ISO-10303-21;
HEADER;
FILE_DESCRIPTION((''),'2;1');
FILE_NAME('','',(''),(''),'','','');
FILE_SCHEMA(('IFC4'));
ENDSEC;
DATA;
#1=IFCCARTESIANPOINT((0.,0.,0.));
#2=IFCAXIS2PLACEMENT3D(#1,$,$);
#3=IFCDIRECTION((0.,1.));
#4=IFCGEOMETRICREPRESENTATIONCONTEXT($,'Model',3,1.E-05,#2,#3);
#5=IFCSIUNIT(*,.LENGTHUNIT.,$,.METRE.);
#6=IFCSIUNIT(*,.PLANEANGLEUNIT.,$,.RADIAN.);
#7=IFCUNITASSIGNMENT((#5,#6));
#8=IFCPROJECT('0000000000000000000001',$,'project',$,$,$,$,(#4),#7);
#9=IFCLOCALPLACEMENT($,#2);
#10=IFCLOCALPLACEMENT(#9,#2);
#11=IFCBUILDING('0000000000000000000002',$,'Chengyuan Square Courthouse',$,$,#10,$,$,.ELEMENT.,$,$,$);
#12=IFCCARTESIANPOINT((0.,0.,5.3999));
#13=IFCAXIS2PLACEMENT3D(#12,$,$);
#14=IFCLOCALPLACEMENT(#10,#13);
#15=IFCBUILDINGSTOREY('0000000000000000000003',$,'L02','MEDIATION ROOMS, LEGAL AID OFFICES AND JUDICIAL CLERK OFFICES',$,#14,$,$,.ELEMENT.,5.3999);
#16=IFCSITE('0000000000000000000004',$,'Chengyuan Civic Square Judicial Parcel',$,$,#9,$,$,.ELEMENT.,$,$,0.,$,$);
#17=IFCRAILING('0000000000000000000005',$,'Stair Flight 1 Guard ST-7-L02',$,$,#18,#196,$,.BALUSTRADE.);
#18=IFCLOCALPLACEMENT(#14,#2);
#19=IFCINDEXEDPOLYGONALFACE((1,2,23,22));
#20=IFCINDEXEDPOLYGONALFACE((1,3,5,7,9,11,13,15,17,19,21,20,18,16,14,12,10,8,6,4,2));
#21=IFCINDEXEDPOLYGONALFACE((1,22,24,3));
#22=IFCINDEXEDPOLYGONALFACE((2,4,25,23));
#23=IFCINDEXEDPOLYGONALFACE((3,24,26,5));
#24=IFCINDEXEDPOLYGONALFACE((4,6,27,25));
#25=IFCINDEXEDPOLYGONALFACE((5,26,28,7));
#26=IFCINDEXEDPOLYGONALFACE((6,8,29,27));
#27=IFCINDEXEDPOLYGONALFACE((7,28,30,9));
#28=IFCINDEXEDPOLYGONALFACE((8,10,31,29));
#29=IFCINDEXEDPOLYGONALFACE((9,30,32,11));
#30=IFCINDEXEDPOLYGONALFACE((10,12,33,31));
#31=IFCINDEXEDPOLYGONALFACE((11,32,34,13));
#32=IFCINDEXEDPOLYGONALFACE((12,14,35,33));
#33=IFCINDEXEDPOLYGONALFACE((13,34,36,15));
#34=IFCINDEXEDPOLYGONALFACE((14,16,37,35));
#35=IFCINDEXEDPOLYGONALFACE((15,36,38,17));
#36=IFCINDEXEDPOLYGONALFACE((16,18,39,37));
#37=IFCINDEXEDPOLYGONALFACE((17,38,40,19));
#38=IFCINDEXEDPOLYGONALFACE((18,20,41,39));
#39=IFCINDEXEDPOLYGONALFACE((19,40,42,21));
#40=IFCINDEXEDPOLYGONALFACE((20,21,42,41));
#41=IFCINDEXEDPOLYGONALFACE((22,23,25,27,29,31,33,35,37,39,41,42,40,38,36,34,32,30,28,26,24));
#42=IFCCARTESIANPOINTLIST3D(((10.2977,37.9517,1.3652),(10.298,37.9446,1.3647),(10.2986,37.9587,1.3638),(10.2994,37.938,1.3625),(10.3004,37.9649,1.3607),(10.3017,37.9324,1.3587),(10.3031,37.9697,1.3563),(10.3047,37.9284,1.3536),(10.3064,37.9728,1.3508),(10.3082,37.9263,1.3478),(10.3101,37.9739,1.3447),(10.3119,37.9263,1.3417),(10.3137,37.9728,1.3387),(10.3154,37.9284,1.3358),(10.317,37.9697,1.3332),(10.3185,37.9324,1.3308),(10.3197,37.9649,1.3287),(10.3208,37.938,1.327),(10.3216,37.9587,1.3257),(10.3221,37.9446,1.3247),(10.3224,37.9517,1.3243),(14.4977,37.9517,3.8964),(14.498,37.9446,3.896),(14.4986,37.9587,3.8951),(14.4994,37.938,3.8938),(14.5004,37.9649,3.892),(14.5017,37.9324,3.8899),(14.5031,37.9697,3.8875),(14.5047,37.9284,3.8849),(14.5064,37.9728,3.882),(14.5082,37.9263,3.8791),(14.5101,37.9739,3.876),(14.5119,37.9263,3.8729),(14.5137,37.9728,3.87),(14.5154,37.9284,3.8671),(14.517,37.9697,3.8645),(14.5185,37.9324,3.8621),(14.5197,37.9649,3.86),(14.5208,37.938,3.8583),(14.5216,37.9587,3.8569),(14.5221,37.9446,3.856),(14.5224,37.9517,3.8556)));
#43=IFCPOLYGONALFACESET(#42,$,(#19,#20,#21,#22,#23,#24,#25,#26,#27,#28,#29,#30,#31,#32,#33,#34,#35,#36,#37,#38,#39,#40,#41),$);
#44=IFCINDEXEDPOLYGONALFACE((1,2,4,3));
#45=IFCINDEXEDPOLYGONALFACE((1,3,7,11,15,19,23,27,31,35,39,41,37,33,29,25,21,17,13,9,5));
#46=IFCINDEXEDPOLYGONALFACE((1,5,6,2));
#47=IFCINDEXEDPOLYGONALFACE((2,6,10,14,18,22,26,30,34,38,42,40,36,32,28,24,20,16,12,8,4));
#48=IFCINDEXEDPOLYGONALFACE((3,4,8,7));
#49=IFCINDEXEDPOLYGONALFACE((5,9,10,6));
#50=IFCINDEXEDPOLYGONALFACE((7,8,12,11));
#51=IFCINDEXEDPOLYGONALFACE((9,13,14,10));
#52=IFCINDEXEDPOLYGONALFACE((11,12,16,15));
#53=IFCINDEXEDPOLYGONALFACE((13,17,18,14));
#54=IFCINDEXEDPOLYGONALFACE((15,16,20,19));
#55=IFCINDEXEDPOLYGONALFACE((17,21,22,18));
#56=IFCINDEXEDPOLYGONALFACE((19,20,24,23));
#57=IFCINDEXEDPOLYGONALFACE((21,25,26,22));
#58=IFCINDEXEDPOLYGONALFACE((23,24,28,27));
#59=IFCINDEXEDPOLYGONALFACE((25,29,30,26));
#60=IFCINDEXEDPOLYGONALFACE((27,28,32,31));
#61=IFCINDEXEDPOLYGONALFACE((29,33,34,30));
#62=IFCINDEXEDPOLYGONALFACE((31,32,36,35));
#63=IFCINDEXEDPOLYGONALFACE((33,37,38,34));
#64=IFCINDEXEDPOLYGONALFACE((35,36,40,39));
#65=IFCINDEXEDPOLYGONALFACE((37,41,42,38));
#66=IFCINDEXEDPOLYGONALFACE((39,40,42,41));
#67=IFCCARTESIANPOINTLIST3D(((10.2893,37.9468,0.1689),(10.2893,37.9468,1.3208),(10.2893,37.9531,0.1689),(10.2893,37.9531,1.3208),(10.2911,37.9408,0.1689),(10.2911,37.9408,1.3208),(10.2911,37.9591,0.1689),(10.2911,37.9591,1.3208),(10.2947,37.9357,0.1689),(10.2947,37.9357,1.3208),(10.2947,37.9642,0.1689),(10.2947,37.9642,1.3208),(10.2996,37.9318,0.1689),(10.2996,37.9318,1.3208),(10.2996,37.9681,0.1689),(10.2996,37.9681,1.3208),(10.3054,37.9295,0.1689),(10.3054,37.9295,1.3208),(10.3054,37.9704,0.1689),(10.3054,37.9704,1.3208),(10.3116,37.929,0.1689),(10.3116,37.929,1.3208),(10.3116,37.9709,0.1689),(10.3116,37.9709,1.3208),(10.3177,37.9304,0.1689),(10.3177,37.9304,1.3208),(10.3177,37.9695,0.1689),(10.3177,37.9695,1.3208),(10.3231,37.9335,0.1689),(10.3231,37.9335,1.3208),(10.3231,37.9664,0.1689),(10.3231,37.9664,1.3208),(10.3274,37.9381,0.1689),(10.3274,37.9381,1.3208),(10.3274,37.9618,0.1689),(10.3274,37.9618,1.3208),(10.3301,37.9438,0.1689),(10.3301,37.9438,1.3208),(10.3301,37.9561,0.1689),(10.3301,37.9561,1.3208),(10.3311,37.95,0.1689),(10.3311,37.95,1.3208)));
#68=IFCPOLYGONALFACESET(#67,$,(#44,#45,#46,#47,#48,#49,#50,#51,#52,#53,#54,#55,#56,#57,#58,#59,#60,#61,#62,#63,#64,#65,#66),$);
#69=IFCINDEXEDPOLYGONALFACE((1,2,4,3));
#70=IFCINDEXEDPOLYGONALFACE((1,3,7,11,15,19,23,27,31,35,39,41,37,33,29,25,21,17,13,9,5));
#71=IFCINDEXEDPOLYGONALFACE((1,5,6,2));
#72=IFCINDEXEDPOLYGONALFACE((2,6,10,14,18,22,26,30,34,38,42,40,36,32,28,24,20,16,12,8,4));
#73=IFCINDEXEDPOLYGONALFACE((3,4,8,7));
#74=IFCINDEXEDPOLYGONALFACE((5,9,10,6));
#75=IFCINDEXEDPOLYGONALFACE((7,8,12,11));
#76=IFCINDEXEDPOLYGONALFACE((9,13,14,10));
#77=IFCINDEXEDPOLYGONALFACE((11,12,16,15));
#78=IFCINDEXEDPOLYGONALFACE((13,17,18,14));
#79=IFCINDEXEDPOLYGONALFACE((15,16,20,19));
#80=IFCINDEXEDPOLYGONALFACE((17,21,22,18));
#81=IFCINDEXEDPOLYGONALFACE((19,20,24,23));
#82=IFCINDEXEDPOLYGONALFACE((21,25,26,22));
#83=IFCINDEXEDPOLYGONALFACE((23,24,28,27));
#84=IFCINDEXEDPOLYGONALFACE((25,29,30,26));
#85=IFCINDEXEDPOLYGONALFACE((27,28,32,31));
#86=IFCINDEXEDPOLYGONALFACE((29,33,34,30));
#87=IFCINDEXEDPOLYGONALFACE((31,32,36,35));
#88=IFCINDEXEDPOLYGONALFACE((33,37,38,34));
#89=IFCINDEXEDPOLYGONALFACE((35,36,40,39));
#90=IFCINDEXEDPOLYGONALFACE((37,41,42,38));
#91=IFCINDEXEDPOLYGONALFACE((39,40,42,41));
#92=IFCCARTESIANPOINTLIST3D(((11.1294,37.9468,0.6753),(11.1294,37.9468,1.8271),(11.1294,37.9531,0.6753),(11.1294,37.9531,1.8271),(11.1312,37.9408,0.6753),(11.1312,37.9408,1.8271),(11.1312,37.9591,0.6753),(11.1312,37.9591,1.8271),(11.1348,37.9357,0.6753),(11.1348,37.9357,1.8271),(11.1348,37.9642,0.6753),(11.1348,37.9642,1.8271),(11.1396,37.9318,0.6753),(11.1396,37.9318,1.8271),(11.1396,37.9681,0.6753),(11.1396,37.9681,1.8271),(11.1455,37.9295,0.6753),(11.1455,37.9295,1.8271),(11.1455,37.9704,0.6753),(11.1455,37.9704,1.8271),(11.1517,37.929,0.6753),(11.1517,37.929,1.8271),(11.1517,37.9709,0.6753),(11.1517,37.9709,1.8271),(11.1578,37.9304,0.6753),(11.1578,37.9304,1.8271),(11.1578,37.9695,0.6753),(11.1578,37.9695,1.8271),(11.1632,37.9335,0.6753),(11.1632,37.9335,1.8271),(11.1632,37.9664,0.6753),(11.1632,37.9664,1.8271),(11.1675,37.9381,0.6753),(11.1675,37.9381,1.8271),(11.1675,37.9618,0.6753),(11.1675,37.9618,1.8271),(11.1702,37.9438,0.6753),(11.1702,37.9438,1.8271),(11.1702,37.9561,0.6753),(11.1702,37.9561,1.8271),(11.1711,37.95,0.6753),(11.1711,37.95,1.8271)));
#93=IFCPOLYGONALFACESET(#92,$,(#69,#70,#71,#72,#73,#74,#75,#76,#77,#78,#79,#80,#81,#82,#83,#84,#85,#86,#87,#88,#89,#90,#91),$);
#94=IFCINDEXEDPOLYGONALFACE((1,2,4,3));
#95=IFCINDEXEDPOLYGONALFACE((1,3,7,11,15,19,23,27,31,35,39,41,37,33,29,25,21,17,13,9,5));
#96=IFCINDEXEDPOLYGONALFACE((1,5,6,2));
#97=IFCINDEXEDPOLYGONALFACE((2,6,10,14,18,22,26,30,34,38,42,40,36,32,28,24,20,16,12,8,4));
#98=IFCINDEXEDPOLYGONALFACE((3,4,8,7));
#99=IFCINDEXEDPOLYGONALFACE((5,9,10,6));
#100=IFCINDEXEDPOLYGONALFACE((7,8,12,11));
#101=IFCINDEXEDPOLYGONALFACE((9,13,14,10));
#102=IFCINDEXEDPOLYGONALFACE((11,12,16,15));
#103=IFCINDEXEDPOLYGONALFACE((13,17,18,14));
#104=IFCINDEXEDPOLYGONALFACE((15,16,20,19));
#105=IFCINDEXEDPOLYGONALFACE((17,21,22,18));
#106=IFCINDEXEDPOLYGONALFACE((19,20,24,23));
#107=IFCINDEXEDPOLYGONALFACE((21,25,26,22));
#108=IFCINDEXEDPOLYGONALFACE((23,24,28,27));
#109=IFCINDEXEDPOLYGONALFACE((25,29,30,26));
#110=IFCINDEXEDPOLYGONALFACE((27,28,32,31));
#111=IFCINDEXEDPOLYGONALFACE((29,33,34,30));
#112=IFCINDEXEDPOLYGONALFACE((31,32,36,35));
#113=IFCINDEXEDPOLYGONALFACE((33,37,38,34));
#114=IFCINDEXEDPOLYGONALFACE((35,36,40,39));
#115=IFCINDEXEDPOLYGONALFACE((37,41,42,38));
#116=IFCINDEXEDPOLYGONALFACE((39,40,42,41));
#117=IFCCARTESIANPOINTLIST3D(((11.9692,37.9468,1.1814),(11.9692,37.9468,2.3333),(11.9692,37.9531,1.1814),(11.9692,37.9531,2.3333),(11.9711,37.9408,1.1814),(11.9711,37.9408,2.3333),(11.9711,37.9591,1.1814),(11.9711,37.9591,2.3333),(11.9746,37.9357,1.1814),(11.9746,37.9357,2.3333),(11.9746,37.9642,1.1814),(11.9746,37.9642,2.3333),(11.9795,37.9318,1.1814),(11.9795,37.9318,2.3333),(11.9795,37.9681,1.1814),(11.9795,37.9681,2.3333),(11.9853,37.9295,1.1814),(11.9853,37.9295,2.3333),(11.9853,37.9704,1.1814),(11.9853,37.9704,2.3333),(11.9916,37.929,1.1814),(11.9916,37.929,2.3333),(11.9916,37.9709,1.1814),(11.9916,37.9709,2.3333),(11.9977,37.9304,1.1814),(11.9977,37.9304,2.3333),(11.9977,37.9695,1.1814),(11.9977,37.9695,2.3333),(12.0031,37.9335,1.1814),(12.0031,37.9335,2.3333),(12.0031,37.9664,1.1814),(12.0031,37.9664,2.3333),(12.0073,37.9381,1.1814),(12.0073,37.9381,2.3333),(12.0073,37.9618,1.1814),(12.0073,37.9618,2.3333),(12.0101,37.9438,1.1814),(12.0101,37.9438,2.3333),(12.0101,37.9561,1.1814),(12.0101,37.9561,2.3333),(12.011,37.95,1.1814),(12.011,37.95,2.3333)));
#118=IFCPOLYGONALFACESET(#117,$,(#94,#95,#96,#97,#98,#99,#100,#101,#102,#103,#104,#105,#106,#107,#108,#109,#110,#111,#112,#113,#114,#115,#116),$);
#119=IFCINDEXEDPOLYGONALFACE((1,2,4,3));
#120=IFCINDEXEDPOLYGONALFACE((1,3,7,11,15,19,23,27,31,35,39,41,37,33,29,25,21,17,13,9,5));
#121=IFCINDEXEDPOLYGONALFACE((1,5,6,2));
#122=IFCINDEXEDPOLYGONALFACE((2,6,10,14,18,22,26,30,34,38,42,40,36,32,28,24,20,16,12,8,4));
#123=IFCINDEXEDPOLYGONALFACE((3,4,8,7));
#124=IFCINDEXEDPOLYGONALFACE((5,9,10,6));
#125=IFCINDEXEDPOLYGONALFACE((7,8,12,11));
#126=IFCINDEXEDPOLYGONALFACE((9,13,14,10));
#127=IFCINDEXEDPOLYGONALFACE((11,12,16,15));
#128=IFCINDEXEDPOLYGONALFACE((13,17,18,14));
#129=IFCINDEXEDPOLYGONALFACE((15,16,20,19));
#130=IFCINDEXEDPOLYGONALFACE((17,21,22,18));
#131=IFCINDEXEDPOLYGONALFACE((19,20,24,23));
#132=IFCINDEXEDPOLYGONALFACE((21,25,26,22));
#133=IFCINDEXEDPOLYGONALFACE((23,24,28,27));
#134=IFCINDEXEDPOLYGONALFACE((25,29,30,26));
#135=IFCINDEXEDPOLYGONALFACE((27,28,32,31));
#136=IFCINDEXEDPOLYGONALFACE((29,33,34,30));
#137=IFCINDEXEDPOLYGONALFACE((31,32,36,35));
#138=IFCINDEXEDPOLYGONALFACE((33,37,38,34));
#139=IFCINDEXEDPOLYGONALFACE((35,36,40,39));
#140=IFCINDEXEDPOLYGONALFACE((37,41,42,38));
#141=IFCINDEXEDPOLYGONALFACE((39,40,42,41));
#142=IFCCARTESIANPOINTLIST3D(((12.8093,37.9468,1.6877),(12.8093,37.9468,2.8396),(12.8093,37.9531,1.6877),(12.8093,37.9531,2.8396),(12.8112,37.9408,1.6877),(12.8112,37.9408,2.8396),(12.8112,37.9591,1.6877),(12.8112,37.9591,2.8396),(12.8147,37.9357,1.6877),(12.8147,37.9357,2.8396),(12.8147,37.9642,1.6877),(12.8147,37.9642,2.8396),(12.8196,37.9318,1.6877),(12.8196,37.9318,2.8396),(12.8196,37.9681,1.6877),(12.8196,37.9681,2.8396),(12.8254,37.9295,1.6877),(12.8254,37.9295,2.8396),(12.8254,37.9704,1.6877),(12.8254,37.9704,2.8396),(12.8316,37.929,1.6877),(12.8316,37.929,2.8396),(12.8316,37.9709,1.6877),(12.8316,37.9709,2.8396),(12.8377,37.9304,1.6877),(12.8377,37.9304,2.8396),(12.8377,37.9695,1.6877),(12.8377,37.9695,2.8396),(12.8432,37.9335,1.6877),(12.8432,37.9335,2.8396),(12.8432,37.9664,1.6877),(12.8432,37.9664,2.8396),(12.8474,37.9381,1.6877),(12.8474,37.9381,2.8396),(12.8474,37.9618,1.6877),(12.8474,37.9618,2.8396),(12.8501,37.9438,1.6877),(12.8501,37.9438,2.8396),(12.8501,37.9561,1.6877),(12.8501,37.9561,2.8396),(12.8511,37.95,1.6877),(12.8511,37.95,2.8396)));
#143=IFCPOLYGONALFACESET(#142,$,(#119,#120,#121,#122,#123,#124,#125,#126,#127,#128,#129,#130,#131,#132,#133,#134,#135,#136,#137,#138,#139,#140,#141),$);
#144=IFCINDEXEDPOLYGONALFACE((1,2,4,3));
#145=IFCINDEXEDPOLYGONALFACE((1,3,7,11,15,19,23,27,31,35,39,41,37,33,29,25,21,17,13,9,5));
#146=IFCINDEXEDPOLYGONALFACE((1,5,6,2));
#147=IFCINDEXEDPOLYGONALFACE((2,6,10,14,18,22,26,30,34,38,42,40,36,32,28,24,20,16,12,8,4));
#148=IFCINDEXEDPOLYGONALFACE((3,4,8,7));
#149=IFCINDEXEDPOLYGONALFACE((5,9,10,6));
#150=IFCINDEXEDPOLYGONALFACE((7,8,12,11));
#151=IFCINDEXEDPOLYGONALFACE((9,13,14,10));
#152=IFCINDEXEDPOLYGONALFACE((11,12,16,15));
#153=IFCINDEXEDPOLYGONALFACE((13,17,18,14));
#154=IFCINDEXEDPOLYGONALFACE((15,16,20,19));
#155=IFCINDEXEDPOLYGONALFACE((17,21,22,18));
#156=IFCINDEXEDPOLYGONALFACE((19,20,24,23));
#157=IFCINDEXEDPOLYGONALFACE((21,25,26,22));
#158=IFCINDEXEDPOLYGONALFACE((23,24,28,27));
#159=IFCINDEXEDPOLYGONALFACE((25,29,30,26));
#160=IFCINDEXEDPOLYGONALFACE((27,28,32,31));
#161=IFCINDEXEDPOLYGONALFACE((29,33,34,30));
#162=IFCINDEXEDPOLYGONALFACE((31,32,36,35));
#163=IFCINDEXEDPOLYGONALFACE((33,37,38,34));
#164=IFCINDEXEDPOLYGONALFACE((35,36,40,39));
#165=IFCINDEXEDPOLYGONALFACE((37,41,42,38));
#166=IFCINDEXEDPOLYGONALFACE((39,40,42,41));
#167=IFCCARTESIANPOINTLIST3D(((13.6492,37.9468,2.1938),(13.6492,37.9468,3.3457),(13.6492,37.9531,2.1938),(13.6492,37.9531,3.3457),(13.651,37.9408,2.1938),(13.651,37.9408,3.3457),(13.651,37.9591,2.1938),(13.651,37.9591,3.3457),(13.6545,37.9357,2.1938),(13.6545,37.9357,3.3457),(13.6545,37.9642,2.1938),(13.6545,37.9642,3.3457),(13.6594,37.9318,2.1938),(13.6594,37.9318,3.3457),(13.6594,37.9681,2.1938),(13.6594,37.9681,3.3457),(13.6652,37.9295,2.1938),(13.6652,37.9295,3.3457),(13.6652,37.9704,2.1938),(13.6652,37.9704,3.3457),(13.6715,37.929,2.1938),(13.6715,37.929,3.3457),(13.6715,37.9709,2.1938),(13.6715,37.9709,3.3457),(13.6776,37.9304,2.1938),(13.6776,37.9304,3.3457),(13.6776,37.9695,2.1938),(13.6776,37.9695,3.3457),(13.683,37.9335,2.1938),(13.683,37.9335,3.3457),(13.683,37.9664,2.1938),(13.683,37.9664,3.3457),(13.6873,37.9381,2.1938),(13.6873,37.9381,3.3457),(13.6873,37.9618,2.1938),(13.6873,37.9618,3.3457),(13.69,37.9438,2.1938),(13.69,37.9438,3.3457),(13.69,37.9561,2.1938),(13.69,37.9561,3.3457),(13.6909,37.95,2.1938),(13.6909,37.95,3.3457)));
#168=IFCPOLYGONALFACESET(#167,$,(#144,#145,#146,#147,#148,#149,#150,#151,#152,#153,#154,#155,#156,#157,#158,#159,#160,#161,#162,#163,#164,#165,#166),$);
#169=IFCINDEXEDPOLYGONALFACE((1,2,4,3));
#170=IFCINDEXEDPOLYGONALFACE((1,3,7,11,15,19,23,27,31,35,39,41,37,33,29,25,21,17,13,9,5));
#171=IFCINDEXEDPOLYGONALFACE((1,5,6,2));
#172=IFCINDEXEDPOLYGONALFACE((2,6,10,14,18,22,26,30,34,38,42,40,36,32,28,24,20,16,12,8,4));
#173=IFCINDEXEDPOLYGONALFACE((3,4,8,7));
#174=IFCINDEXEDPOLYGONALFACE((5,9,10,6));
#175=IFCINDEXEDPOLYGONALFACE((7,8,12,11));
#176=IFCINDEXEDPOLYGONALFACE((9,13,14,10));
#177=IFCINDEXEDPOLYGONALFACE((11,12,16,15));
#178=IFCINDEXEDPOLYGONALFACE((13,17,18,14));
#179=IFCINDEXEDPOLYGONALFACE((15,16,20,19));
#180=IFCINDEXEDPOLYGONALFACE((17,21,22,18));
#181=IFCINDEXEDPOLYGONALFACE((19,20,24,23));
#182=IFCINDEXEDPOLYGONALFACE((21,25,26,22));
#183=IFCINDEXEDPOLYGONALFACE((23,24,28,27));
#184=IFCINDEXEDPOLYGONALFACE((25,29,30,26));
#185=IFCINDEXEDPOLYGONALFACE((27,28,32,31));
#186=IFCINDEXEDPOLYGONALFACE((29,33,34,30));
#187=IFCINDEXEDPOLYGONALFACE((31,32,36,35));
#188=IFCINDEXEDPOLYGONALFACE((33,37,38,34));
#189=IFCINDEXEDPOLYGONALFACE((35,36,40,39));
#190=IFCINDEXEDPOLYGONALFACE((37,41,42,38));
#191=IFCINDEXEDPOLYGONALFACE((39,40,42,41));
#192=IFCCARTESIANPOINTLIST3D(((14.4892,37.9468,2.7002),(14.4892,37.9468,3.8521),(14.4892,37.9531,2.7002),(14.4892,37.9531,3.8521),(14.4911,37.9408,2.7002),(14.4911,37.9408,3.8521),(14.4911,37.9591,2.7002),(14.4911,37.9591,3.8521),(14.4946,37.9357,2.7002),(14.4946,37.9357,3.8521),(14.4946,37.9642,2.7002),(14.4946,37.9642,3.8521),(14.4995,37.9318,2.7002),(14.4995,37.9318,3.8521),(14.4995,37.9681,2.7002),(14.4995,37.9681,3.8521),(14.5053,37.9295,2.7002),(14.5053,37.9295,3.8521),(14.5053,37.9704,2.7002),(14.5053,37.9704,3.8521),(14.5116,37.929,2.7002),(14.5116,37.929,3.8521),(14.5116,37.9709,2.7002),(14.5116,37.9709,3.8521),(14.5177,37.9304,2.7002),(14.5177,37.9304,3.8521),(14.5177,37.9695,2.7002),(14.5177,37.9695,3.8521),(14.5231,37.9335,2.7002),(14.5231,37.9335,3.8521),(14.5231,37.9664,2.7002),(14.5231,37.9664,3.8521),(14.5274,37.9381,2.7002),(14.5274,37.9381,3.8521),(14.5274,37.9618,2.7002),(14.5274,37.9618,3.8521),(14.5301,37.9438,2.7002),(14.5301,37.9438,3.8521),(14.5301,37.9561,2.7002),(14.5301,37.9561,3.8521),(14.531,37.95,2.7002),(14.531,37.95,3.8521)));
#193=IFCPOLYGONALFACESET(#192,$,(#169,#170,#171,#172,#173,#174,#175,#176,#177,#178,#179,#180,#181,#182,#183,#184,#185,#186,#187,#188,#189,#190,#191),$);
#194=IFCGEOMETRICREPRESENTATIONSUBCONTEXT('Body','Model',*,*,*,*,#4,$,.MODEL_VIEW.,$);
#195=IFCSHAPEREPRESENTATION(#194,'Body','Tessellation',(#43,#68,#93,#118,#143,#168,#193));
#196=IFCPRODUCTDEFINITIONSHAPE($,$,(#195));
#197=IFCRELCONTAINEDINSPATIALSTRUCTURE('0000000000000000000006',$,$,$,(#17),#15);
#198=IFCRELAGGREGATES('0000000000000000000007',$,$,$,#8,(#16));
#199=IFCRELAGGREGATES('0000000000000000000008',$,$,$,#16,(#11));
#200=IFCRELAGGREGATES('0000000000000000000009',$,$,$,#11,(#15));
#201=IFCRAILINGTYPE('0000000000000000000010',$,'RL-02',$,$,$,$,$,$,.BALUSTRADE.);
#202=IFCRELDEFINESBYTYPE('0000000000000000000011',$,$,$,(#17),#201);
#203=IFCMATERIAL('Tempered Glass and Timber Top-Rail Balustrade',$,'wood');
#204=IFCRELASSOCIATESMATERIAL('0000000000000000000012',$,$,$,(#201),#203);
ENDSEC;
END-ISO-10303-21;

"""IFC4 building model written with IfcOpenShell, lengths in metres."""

from ifc_helpers import new_model, si_unit, direction, frame, origin, origin_2d, place, context, subcontext, project, spatial, circle, extrude, material, type_object, element, save


model = new_model("IFC4")

# Units and contexts
model_context = context("Model", 3, precision=1e-05, world=origin(), true_north=direction((0.0, 1.0)))
body_context = subcontext(model_context, "Body", "Model", "MODEL_VIEW")
ifc_project = project(units=[si_unit("LENGTHUNIT", "METRE"), si_unit("PLANEANGLEUNIT", "RADIAN")], contexts=[model_context])

# Site, building, storey
site_placement = place(None, origin())
site = spatial("IfcSite", under=ifc_project, at=site_placement, Name="Chengyuan Civic Square Judicial Parcel", CompositionType="ELEMENT", RefElevation=0.0)
building_placement = place(site_placement, origin())
building = spatial("IfcBuilding", under=site, at=building_placement, Name="Chengyuan Square Courthouse", CompositionType="ELEMENT")
storey_placement = place(building_placement, frame((0.0, 0.0, 5.3999)))
storey = spatial("IfcBuildingStorey", under=building, at=storey_placement, Name="L02", Description="MEDIATION ROOMS, LEGAL AID OFFICES AND JUDICIAL CLERK OFFICES", CompositionType="ELEMENT", Elevation=5.3999)

# Railing
ifc_material_1 = material(Name="Tempered Glass and Timber Top-Rail Balustrade", Category="wood")
railing_type_1 = type_object("IfcRailingType", Name="RL-02", PredefinedType="BALUSTRADE", material=ifc_material_1)
railing_1_placement = place(storey_placement, frame((10.3101, 37.95, 0.1689)))
element("IfcRailing", 1, at=railing_1_placement, inside=storey, type_object=railing_type_1, Name="Stair Flight 1 Guard ST-7-L02", PredefinedType="BALUSTRADE", context=body_context, shape_type="SweptSolid", body=[
    extrude(circle(Radius=0.0239, at=origin_2d()), frame((0.0, 0.0, 1.1758), z_axis=(0.856476, 0.0, 0.516186), x_axis=(0.0, 1.0, 0.0)), (0.0, 0.0, 1.0), 4.9038),
    extrude(circle(Radius=0.021, at=origin_2d()), origin(), (0.0, 0.0, 1.0), 1.1519),
    extrude(circle(Radius=0.021, at=origin_2d()), frame((0.8401, 0.0, 0.5063)), (0.0, 0.0, 1.0), 1.1519),
    extrude(circle(Radius=0.021, at=origin_2d()), frame((1.6799, 0.0, 1.0125)), (0.0, 0.0, 1.0), 1.1519),
    extrude(circle(Radius=0.021, at=origin_2d()), frame((2.52, 0.0, 1.5188)), (0.0, 0.0, 1.0), 1.1519),
    extrude(circle(Radius=0.021, at=origin_2d()), frame((3.3599, 0.0, 2.0249)), (0.0, 0.0, 1.0), 1.1519),
    extrude(circle(Radius=0.021, at=origin_2d()), frame((4.2, 0.0, 2.5312)), (0.0, 0.0, 1.0), 1.1519),
])

save(model, "model.ifc")
